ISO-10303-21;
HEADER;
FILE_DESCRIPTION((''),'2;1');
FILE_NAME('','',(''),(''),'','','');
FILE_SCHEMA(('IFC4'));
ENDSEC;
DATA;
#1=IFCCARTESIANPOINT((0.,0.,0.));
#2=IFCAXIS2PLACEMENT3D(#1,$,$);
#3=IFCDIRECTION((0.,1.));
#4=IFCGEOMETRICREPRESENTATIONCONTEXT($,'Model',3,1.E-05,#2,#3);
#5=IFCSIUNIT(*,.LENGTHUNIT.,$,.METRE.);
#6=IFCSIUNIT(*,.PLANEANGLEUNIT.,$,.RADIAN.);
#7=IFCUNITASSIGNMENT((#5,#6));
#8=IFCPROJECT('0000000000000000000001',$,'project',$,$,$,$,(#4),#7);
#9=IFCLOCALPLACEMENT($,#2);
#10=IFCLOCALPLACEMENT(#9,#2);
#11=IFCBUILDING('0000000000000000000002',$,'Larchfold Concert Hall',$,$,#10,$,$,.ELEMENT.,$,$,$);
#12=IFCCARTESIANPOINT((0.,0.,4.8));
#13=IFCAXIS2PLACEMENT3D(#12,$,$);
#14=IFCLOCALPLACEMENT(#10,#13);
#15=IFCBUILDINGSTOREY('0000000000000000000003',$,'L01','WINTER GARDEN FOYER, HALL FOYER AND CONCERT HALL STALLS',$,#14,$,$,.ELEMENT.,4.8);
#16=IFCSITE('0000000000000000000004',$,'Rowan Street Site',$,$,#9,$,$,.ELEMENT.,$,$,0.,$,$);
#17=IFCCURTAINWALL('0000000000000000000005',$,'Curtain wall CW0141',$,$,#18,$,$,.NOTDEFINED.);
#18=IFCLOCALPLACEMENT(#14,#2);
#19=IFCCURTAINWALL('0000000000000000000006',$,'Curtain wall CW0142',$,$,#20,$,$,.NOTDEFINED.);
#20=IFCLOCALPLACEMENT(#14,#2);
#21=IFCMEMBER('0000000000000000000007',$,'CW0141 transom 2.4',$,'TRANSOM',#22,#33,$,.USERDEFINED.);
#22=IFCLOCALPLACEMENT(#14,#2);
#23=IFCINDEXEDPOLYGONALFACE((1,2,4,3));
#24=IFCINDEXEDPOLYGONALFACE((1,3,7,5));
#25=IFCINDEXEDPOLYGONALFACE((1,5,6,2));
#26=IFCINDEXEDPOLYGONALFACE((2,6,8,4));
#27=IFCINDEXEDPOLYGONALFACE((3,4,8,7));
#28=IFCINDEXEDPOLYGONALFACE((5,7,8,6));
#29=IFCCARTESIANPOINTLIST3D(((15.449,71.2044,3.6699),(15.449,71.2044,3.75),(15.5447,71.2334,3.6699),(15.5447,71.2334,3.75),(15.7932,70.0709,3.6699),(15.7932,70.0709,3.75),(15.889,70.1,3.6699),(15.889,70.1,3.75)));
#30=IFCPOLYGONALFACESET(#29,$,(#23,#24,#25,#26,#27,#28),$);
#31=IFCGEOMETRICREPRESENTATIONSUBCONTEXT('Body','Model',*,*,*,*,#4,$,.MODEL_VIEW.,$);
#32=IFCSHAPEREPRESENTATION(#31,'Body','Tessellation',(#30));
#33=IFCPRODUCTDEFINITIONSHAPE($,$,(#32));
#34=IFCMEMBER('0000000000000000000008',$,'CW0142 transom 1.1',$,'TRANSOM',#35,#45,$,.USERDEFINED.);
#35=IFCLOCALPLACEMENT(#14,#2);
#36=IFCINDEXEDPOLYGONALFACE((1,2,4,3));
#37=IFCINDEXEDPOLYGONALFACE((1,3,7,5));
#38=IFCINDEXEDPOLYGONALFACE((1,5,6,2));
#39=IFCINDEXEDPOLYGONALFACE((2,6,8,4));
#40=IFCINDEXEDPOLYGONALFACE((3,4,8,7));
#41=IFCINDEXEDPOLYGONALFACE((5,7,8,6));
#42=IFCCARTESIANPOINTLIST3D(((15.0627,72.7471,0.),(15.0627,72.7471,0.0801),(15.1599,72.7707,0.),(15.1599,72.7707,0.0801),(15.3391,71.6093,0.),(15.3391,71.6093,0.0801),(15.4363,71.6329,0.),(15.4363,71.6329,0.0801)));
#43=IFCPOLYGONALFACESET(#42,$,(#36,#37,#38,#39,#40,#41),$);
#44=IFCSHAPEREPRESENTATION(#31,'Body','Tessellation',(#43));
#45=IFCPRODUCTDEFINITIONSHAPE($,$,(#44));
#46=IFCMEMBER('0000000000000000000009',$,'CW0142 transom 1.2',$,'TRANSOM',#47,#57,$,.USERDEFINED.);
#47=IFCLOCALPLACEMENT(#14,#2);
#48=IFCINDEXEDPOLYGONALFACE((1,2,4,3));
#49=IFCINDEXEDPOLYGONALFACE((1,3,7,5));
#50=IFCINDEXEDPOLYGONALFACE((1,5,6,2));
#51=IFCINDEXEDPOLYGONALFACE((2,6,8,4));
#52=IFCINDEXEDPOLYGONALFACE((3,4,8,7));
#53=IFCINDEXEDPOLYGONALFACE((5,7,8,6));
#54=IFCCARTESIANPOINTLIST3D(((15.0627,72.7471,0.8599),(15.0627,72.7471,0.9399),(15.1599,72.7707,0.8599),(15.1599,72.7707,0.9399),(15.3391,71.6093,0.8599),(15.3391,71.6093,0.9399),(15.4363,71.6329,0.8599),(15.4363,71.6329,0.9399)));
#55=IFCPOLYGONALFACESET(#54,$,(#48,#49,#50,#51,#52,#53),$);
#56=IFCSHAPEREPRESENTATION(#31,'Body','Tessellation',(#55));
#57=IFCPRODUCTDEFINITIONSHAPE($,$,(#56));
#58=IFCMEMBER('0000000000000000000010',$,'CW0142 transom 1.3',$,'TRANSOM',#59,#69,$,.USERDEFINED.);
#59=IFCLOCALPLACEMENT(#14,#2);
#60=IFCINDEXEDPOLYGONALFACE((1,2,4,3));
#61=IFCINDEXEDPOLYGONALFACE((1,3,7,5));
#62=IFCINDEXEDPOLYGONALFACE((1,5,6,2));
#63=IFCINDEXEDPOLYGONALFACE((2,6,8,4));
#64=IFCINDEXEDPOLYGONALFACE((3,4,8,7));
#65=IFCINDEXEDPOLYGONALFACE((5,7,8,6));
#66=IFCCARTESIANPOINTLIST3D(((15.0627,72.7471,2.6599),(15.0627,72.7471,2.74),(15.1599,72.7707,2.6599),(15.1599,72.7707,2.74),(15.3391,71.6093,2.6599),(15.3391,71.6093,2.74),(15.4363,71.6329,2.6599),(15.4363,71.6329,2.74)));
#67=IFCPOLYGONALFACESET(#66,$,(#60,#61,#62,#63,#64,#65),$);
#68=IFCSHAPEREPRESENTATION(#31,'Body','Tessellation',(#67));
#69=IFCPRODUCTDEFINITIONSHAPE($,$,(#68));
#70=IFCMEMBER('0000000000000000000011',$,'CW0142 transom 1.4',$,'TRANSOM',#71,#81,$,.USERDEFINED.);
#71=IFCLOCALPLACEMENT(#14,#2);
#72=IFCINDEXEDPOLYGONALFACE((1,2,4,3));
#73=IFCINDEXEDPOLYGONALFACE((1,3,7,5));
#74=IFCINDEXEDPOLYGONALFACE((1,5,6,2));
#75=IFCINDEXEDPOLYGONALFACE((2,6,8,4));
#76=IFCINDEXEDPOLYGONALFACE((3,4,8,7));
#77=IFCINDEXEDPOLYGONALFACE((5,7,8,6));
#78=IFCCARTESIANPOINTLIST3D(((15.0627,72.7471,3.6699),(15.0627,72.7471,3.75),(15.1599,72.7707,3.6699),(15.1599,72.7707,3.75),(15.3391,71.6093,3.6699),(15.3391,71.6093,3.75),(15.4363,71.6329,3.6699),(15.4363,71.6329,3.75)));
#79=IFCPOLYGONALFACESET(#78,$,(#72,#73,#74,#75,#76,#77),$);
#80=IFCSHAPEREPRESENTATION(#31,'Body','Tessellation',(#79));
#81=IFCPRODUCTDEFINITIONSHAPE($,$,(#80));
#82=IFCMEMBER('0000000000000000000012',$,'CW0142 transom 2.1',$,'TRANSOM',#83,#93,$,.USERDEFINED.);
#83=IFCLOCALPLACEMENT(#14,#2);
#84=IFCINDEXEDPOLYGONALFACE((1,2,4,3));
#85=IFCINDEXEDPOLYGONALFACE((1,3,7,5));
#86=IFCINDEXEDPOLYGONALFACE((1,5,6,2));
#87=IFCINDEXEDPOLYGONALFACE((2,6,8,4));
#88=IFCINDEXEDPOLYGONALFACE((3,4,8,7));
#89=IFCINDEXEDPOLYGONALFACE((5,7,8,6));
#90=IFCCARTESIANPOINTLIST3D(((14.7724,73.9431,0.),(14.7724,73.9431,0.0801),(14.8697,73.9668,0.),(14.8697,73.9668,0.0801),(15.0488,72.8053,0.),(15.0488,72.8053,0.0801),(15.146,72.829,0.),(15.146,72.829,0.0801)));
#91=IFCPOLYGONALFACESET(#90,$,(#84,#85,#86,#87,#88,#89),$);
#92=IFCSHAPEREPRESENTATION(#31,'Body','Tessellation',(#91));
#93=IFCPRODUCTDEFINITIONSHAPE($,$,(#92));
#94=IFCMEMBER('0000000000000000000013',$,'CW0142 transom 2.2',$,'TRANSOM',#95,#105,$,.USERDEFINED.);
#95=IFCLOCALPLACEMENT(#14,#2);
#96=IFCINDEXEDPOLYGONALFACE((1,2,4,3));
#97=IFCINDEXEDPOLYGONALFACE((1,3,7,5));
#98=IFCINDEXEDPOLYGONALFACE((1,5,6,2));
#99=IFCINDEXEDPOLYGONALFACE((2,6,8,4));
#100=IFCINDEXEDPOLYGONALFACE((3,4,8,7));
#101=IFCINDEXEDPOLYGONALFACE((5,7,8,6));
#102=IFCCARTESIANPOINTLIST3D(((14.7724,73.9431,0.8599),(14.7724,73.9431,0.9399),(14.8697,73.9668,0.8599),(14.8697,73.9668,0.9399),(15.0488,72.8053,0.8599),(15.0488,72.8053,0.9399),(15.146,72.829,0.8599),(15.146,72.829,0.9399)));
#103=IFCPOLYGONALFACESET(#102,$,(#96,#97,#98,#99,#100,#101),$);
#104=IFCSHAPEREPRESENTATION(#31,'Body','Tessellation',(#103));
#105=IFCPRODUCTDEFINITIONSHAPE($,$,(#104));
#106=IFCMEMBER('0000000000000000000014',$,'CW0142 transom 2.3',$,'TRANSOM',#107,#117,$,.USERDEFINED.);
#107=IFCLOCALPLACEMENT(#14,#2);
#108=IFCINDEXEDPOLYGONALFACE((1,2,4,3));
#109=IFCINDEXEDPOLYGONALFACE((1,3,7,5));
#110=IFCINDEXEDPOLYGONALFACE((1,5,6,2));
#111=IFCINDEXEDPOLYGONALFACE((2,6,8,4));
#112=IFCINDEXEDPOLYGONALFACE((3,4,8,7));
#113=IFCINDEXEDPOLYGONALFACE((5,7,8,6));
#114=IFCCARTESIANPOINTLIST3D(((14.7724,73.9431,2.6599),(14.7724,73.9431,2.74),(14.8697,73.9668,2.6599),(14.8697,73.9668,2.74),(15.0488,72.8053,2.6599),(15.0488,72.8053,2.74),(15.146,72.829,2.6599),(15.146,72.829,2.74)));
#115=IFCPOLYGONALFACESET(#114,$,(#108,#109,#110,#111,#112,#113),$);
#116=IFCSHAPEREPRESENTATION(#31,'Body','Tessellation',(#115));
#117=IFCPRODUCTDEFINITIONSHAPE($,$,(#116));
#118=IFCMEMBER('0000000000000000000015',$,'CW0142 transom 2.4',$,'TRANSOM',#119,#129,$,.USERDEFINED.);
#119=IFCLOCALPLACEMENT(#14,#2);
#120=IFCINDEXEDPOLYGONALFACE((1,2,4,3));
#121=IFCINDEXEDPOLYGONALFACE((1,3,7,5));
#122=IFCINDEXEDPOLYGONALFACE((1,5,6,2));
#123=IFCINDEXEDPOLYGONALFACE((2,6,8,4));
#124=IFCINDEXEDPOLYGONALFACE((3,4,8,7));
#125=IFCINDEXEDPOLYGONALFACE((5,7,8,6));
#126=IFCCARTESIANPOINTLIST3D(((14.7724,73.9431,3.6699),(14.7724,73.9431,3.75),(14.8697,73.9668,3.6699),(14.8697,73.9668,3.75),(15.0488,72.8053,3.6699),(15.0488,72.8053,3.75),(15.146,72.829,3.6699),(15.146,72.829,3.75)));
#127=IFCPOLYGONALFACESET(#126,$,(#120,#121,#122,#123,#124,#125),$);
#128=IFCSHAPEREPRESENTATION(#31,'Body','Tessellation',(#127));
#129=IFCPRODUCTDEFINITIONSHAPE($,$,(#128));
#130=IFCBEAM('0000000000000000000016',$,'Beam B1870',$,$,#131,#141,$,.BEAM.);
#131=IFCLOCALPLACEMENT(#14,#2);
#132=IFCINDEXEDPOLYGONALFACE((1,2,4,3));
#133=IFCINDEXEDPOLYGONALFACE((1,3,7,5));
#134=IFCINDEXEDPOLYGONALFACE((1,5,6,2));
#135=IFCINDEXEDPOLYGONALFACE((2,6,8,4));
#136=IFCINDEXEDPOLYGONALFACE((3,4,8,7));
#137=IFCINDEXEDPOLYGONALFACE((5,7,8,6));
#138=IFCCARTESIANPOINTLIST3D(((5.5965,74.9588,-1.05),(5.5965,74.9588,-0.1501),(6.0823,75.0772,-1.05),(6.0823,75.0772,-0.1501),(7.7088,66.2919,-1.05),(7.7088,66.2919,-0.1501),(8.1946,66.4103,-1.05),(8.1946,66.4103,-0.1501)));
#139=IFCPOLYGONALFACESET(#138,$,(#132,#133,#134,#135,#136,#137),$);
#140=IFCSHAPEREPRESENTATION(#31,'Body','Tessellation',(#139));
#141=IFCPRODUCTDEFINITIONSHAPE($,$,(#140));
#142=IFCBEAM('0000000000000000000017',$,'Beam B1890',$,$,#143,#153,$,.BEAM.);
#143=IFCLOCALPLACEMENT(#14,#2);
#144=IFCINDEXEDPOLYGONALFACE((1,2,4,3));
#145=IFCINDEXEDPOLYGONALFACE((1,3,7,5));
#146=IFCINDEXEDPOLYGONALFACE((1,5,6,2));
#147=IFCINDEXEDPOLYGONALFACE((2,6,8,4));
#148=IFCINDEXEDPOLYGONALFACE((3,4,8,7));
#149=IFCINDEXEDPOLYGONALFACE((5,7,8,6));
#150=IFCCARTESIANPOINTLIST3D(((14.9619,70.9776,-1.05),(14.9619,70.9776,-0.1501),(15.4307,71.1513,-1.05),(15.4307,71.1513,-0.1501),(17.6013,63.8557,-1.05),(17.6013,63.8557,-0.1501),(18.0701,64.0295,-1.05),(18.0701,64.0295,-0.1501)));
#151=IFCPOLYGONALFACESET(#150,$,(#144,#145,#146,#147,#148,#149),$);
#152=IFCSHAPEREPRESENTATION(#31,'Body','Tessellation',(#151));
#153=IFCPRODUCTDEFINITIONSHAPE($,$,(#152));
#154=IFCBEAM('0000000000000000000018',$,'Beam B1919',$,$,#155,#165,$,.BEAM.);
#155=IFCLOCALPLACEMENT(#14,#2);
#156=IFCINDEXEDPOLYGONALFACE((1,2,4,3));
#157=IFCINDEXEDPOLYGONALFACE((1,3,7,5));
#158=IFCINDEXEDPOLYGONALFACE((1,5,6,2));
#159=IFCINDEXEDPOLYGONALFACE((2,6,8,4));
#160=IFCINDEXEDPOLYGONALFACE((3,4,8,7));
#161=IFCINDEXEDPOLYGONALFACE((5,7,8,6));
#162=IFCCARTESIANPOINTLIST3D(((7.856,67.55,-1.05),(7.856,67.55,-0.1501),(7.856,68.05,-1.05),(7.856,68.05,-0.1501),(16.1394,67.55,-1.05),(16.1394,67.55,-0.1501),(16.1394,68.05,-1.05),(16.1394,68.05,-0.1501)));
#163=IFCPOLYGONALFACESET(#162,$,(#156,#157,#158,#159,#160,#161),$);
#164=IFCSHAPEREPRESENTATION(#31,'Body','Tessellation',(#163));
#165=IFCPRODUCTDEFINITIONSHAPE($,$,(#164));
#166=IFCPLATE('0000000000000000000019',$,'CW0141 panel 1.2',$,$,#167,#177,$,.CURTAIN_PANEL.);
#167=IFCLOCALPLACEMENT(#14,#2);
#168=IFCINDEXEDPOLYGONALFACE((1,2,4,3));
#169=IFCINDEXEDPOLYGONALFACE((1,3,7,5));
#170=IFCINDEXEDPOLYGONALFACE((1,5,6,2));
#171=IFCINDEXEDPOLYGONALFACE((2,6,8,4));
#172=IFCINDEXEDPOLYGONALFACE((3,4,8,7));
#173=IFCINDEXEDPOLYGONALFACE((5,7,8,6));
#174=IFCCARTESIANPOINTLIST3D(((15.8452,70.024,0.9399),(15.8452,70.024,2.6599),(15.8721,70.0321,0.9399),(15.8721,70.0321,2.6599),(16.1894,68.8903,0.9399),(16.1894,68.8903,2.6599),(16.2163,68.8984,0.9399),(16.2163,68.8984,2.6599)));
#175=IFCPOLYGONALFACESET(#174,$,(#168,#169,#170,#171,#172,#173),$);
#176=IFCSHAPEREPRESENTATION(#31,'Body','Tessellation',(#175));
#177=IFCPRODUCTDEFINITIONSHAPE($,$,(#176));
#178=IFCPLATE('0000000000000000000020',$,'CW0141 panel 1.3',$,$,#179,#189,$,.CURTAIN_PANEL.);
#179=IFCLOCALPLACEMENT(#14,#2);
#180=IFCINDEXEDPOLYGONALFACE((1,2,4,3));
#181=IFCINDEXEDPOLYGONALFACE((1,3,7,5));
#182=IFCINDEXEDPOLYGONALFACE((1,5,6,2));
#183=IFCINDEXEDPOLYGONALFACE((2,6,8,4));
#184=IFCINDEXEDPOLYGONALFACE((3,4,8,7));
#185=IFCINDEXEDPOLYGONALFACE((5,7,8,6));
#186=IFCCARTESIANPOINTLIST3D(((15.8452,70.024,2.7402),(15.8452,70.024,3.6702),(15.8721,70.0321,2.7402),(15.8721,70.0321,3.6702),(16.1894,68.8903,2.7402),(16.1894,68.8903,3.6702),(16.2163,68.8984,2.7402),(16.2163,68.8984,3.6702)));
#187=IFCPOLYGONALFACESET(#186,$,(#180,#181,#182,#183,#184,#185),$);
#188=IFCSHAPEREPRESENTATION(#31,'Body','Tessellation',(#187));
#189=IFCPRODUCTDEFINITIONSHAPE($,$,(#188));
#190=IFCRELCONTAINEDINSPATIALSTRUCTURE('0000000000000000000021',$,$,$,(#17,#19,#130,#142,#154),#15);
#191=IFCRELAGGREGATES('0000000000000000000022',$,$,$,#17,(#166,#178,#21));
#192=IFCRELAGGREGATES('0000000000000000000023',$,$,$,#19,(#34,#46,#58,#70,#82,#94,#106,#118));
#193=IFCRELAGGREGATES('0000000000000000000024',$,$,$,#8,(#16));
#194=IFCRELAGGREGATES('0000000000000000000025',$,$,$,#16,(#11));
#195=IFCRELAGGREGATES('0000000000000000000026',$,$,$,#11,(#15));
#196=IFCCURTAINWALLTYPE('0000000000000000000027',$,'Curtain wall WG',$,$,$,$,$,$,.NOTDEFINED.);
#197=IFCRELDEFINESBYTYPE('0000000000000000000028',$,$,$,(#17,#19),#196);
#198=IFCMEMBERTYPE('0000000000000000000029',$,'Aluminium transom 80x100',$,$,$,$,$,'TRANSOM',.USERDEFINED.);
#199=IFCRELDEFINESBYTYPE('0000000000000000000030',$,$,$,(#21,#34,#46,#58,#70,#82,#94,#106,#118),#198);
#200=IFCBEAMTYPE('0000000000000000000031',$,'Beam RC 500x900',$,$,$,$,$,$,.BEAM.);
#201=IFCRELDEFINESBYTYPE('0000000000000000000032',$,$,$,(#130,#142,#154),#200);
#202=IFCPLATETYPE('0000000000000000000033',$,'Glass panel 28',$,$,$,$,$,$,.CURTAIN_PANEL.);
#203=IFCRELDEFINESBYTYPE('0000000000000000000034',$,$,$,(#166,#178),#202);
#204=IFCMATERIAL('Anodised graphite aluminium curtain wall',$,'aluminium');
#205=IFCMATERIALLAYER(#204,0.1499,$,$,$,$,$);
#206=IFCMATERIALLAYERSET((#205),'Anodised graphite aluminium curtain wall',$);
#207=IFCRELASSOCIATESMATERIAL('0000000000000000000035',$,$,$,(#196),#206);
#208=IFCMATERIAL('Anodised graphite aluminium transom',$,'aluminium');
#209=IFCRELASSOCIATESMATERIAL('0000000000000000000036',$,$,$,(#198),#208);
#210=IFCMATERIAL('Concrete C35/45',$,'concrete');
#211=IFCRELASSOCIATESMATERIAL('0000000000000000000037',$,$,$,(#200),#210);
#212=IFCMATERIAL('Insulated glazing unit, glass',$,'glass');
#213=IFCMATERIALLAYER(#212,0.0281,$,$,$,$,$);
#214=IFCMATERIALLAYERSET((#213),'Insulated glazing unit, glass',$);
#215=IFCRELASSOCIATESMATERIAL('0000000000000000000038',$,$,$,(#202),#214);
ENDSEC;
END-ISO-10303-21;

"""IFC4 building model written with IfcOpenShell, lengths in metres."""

from ifc_helpers import new_model, si_unit, direction, frame, origin, origin_2d, place, context, subcontext, project, spatial, rectangle, extrude, material, layer, layer_set, material_profile, profile_set, type_object, element, aggregate, save


model = new_model("IFC4")

# Units and contexts
model_context = context("Model", 3, precision=1e-05, world=origin(), true_north=direction((0.0, 1.0)))
body_context = subcontext(model_context, "Body", "Model", "MODEL_VIEW")
ifc_project = project(units=[si_unit("LENGTHUNIT", "METRE"), si_unit("PLANEANGLEUNIT", "RADIAN")], contexts=[model_context])

# Site, building, storey
site_placement = place(None, origin())
site = spatial("IfcSite", under=ifc_project, at=site_placement, Name="Rowan Street Site", CompositionType="ELEMENT", RefElevation=0.0)
building_placement = place(site_placement, origin())
building = spatial("IfcBuilding", under=site, at=building_placement, Name="Larchfold Concert Hall", CompositionType="ELEMENT")
storey_placement = place(building_placement, frame((0.0, 0.0, 4.8)))
storey = spatial("IfcBuildingStorey", under=building, at=storey_placement, Name="L01", Description="WINTER GARDEN FOYER, HALL FOYER AND CONCERT HALL STALLS", CompositionType="ELEMENT", Elevation=4.8)

# Curtain walls
ifc_material_1 = material(Name="Anodised graphite aluminium curtain wall", Category="aluminium")
ifc_layer_1 = layer(ifc_material_1, 0.1499)
ifc_layer_set_1 = layer_set([ifc_layer_1], Name="Anodised graphite aluminium curtain wall")
curtain_wall_type = type_object("IfcCurtainWallType", Name="Curtain wall WG", PredefinedType="NOTDEFINED", material=ifc_layer_set_1)
curtain_wall_1_placement = place(storey_placement, origin())
curtain_wall_1 = element("IfcCurtainWall", 1, at=curtain_wall_1_placement, inside=storey, type_object=curtain_wall_type, Name="Curtain wall CW0141", PredefinedType="NOTDEFINED")
curtain_wall_2_placement = place(storey_placement, origin())
curtain_wall_2 = element("IfcCurtainWall", 2, at=curtain_wall_2_placement, inside=storey, type_object=curtain_wall_type, Name="Curtain wall CW0142", PredefinedType="NOTDEFINED")

# Members
ifc_material_2 = material(Name="Anodised graphite aluminium transom", Category="aluminium")
ifc_material_profile_1 = material_profile(ifc_material_2, rectangle(XDim=0.1001, YDim=0.0801, at=origin_2d()))
ifc_profile_set_1 = profile_set([ifc_material_profile_1], Name="Anodised graphite aluminium transom")
member_type_1 = type_object("IfcMemberType", Name="Aluminium transom 80x100", ElementType="TRANSOM", PredefinedType="USERDEFINED", material=ifc_profile_set_1)
member_1_placement = place(storey_placement, frame((15.8411, 70.0854, 3.71), z_axis=(-0.290579, 0.956851, 0.0), x_axis=(-0.956851, -0.290579, 0.0)))
member_1 = element("IfcMember", 3, at=member_1_placement, type_object=member_type_1, Name="CW0141 transom 2.4", ObjectType="TRANSOM", PredefinedType="USERDEFINED", context=body_context, shape_type="SweptSolid", body=[
    extrude(rectangle(XDim=0.1001, YDim=0.0801, at=origin_2d()), origin(), (0.0, 0.0, 1.0), 1.1846),
])
member_2_placement = place(storey_placement, frame((15.3877, 71.6211, 0.04), z_axis=(-0.236054, 0.97174, 0.0), x_axis=(-0.97174, -0.236054, 0.0)))
member_2 = element("IfcMember", 4, at=member_2_placement, type_object=member_type_1, Name="CW0142 transom 1.1", ObjectType="TRANSOM", PredefinedType="USERDEFINED", context=body_context, shape_type="SweptSolid", body=[
    extrude(rectangle(XDim=0.1001, YDim=0.0801, at=origin_2d()), origin(), (0.0, 0.0, 1.0), 1.1709),
])
member_3_placement = place(storey_placement, frame((15.3877, 71.6211, 0.8999), z_axis=(-0.236054, 0.97174, 0.0), x_axis=(-0.97174, -0.236054, 0.0)))
member_3 = element("IfcMember", 5, at=member_3_placement, type_object=member_type_1, Name="CW0142 transom 1.2", ObjectType="TRANSOM", PredefinedType="USERDEFINED", context=body_context, shape_type="SweptSolid", body=[
    extrude(rectangle(XDim=0.1001, YDim=0.0801, at=origin_2d()), origin(), (0.0, 0.0, 1.0), 1.1709),
])
member_4_placement = place(storey_placement, frame((15.3877, 71.6211, 2.7), z_axis=(-0.236054, 0.97174, 0.0), x_axis=(-0.97174, -0.236054, 0.0)))
member_4 = element("IfcMember", 6, at=member_4_placement, type_object=member_type_1, Name="CW0142 transom 1.3", ObjectType="TRANSOM", PredefinedType="USERDEFINED", context=body_context, shape_type="SweptSolid", body=[
    extrude(rectangle(XDim=0.1001, YDim=0.0801, at=origin_2d()), origin(), (0.0, 0.0, 1.0), 1.1709),
])
member_5_placement = place(storey_placement, frame((15.3877, 71.6211, 3.71), z_axis=(-0.236054, 0.97174, 0.0), x_axis=(-0.97174, -0.236054, 0.0)))
member_5 = element("IfcMember", 7, at=member_5_placement, type_object=member_type_1, Name="CW0142 transom 1.4", ObjectType="TRANSOM", PredefinedType="USERDEFINED", context=body_context, shape_type="SweptSolid", body=[
    extrude(rectangle(XDim=0.1001, YDim=0.0801, at=origin_2d()), origin(), (0.0, 0.0, 1.0), 1.1709),
])
member_6_placement = place(storey_placement, frame((15.0974, 72.8171, 0.04), z_axis=(-0.236054, 0.97174, 0.0), x_axis=(-0.97174, -0.236054, 0.0)))
member_6 = element("IfcMember", 8, at=member_6_placement, type_object=member_type_1, Name="CW0142 transom 2.1", ObjectType="TRANSOM", PredefinedType="USERDEFINED", context=body_context, shape_type="SweptSolid", body=[
    extrude(rectangle(XDim=0.1001, YDim=0.0801, at=origin_2d()), origin(), (0.0, 0.0, 1.0), 1.1709),
])
member_7_placement = place(storey_placement, frame((15.0974, 72.8171, 0.8999), z_axis=(-0.236054, 0.97174, 0.0), x_axis=(-0.97174, -0.236054, 0.0)))
member_7 = element("IfcMember", 9, at=member_7_placement, type_object=member_type_1, Name="CW0142 transom 2.2", ObjectType="TRANSOM", PredefinedType="USERDEFINED", context=body_context, shape_type="SweptSolid", body=[
    extrude(rectangle(XDim=0.1001, YDim=0.0801, at=origin_2d()), origin(), (0.0, 0.0, 1.0), 1.1709),
])
member_8_placement = place(storey_placement, frame((15.0974, 72.8171, 2.7), z_axis=(-0.236054, 0.97174, 0.0), x_axis=(-0.97174, -0.236054, 0.0)))
member_8 = element("IfcMember", 10, at=member_8_placement, type_object=member_type_1, Name="CW0142 transom 2.3", ObjectType="TRANSOM", PredefinedType="USERDEFINED", context=body_context, shape_type="SweptSolid", body=[
    extrude(rectangle(XDim=0.1001, YDim=0.0801, at=origin_2d()), origin(), (0.0, 0.0, 1.0), 1.1709),
])
member_9_placement = place(storey_placement, frame((15.0974, 72.8171, 3.71), z_axis=(-0.236054, 0.97174, 0.0), x_axis=(-0.97174, -0.236054, 0.0)))
member_9 = element("IfcMember", 11, at=member_9_placement, type_object=member_type_1, Name="CW0142 transom 2.4", ObjectType="TRANSOM", PredefinedType="USERDEFINED", context=body_context, shape_type="SweptSolid", body=[
    extrude(rectangle(XDim=0.1001, YDim=0.0801, at=origin_2d()), origin(), (0.0, 0.0, 1.0), 1.1709),
])

# Beams
ifc_material_3 = material(Name="Concrete C35/45", Category="concrete")
ifc_material_profile_2 = material_profile(ifc_material_3, rectangle(XDim=0.5, YDim=0.8999, at=origin_2d()))
ifc_profile_set_2 = profile_set([ifc_material_profile_2], Name="Concrete C35/45")
beam_type = type_object("IfcBeamType", Name="Beam RC 500x900", PredefinedType="BEAM", material=ifc_profile_set_2)
beam_1_placement = place(storey_placement, frame((7.9517, 66.3511, -0.6001), z_axis=(-0.236787, 0.971562, 0.0), x_axis=(-0.971562, -0.236787, 0.0)))
element("IfcBeam", 12, at=beam_1_placement, inside=storey, type_object=beam_type, Name="Beam B1870", PredefinedType="BEAM", context=body_context, shape_type="SweptSolid", body=[
    extrude(rectangle(XDim=0.5, YDim=0.8999, at=origin_2d()), origin(), (0.0, 0.0, 1.0), 8.9207),
])
beam_2_placement = place(storey_placement, frame((15.1963, 71.0645, -0.6001), z_axis=(0.34751, -0.937676, 0.0), x_axis=(0.937676, 0.34751, 0.0)))
element("IfcBeam", 13, at=beam_2_placement, inside=storey, type_object=beam_type, Name="Beam B1890", PredefinedType="BEAM", context=body_context, shape_type="SweptSolid", body=[
    extrude(rectangle(XDim=0.5, YDim=0.8999, at=origin_2d()), origin(), (0.0, 0.0, 1.0), 7.5952),
])
beam_3_placement = place(storey_placement, frame((7.856, 67.8, -0.6001), z_axis=(1.0, 0.0, 0.0), x_axis=(0.0, 1.0, 0.0)))
element("IfcBeam", 14, at=beam_3_placement, inside=storey, type_object=beam_type, Name="Beam B1919", PredefinedType="BEAM", context=body_context, shape_type="SweptSolid", body=[
    extrude(rectangle(XDim=0.5, YDim=0.8999, at=origin_2d()), origin(), (0.0, 0.0, 1.0), 8.2834),
])

# Plates
ifc_material_4 = material(Name="Insulated glazing unit, glass", Category="glass")
ifc_layer_2 = layer(ifc_material_4, 0.0281)
ifc_layer_set_2 = layer_set([ifc_layer_2], Name="Insulated glazing unit, glass")
plate_type_1 = type_object("IfcPlateType", Name="Glass panel 28", PredefinedType="CURTAIN_PANEL", material=ifc_layer_set_2)
plate_1_placement = place(storey_placement, frame((16.0308, 69.4612, 0.9399), z_axis=(0.0, 0.0, 1.0), x_axis=(-0.290544, 0.956862, 0.0)))
plate_1 = element("IfcPlate", 15, at=plate_1_placement, type_object=plate_type_1, Name="CW0141 panel 1.2", PredefinedType="CURTAIN_PANEL", context=body_context, shape_type="SweptSolid", body=[
    extrude(rectangle(XDim=1.1848, YDim=0.0281, at=origin_2d()), origin(), (0.0, 0.0, 1.0), 1.72),
])
plate_2_placement = place(storey_placement, frame((16.0308, 69.4612, 2.7402), z_axis=(0.0, 0.0, 1.0), x_axis=(-0.290544, 0.956862, 0.0)))
plate_2 = element("IfcPlate", 16, at=plate_2_placement, type_object=plate_type_1, Name="CW0141 panel 1.3", PredefinedType="CURTAIN_PANEL", context=body_context, shape_type="SweptSolid", body=[
    extrude(rectangle(XDim=1.1848, YDim=0.0281, at=origin_2d()), origin(), (0.0, 0.0, 1.0), 0.9299),
])
aggregate(curtain_wall_1, [plate_1, plate_2, member_1])
aggregate(curtain_wall_2, [member_2, member_3, member_4, member_5, member_6, member_7, member_8, member_9])

save(model, "model.ifc")
